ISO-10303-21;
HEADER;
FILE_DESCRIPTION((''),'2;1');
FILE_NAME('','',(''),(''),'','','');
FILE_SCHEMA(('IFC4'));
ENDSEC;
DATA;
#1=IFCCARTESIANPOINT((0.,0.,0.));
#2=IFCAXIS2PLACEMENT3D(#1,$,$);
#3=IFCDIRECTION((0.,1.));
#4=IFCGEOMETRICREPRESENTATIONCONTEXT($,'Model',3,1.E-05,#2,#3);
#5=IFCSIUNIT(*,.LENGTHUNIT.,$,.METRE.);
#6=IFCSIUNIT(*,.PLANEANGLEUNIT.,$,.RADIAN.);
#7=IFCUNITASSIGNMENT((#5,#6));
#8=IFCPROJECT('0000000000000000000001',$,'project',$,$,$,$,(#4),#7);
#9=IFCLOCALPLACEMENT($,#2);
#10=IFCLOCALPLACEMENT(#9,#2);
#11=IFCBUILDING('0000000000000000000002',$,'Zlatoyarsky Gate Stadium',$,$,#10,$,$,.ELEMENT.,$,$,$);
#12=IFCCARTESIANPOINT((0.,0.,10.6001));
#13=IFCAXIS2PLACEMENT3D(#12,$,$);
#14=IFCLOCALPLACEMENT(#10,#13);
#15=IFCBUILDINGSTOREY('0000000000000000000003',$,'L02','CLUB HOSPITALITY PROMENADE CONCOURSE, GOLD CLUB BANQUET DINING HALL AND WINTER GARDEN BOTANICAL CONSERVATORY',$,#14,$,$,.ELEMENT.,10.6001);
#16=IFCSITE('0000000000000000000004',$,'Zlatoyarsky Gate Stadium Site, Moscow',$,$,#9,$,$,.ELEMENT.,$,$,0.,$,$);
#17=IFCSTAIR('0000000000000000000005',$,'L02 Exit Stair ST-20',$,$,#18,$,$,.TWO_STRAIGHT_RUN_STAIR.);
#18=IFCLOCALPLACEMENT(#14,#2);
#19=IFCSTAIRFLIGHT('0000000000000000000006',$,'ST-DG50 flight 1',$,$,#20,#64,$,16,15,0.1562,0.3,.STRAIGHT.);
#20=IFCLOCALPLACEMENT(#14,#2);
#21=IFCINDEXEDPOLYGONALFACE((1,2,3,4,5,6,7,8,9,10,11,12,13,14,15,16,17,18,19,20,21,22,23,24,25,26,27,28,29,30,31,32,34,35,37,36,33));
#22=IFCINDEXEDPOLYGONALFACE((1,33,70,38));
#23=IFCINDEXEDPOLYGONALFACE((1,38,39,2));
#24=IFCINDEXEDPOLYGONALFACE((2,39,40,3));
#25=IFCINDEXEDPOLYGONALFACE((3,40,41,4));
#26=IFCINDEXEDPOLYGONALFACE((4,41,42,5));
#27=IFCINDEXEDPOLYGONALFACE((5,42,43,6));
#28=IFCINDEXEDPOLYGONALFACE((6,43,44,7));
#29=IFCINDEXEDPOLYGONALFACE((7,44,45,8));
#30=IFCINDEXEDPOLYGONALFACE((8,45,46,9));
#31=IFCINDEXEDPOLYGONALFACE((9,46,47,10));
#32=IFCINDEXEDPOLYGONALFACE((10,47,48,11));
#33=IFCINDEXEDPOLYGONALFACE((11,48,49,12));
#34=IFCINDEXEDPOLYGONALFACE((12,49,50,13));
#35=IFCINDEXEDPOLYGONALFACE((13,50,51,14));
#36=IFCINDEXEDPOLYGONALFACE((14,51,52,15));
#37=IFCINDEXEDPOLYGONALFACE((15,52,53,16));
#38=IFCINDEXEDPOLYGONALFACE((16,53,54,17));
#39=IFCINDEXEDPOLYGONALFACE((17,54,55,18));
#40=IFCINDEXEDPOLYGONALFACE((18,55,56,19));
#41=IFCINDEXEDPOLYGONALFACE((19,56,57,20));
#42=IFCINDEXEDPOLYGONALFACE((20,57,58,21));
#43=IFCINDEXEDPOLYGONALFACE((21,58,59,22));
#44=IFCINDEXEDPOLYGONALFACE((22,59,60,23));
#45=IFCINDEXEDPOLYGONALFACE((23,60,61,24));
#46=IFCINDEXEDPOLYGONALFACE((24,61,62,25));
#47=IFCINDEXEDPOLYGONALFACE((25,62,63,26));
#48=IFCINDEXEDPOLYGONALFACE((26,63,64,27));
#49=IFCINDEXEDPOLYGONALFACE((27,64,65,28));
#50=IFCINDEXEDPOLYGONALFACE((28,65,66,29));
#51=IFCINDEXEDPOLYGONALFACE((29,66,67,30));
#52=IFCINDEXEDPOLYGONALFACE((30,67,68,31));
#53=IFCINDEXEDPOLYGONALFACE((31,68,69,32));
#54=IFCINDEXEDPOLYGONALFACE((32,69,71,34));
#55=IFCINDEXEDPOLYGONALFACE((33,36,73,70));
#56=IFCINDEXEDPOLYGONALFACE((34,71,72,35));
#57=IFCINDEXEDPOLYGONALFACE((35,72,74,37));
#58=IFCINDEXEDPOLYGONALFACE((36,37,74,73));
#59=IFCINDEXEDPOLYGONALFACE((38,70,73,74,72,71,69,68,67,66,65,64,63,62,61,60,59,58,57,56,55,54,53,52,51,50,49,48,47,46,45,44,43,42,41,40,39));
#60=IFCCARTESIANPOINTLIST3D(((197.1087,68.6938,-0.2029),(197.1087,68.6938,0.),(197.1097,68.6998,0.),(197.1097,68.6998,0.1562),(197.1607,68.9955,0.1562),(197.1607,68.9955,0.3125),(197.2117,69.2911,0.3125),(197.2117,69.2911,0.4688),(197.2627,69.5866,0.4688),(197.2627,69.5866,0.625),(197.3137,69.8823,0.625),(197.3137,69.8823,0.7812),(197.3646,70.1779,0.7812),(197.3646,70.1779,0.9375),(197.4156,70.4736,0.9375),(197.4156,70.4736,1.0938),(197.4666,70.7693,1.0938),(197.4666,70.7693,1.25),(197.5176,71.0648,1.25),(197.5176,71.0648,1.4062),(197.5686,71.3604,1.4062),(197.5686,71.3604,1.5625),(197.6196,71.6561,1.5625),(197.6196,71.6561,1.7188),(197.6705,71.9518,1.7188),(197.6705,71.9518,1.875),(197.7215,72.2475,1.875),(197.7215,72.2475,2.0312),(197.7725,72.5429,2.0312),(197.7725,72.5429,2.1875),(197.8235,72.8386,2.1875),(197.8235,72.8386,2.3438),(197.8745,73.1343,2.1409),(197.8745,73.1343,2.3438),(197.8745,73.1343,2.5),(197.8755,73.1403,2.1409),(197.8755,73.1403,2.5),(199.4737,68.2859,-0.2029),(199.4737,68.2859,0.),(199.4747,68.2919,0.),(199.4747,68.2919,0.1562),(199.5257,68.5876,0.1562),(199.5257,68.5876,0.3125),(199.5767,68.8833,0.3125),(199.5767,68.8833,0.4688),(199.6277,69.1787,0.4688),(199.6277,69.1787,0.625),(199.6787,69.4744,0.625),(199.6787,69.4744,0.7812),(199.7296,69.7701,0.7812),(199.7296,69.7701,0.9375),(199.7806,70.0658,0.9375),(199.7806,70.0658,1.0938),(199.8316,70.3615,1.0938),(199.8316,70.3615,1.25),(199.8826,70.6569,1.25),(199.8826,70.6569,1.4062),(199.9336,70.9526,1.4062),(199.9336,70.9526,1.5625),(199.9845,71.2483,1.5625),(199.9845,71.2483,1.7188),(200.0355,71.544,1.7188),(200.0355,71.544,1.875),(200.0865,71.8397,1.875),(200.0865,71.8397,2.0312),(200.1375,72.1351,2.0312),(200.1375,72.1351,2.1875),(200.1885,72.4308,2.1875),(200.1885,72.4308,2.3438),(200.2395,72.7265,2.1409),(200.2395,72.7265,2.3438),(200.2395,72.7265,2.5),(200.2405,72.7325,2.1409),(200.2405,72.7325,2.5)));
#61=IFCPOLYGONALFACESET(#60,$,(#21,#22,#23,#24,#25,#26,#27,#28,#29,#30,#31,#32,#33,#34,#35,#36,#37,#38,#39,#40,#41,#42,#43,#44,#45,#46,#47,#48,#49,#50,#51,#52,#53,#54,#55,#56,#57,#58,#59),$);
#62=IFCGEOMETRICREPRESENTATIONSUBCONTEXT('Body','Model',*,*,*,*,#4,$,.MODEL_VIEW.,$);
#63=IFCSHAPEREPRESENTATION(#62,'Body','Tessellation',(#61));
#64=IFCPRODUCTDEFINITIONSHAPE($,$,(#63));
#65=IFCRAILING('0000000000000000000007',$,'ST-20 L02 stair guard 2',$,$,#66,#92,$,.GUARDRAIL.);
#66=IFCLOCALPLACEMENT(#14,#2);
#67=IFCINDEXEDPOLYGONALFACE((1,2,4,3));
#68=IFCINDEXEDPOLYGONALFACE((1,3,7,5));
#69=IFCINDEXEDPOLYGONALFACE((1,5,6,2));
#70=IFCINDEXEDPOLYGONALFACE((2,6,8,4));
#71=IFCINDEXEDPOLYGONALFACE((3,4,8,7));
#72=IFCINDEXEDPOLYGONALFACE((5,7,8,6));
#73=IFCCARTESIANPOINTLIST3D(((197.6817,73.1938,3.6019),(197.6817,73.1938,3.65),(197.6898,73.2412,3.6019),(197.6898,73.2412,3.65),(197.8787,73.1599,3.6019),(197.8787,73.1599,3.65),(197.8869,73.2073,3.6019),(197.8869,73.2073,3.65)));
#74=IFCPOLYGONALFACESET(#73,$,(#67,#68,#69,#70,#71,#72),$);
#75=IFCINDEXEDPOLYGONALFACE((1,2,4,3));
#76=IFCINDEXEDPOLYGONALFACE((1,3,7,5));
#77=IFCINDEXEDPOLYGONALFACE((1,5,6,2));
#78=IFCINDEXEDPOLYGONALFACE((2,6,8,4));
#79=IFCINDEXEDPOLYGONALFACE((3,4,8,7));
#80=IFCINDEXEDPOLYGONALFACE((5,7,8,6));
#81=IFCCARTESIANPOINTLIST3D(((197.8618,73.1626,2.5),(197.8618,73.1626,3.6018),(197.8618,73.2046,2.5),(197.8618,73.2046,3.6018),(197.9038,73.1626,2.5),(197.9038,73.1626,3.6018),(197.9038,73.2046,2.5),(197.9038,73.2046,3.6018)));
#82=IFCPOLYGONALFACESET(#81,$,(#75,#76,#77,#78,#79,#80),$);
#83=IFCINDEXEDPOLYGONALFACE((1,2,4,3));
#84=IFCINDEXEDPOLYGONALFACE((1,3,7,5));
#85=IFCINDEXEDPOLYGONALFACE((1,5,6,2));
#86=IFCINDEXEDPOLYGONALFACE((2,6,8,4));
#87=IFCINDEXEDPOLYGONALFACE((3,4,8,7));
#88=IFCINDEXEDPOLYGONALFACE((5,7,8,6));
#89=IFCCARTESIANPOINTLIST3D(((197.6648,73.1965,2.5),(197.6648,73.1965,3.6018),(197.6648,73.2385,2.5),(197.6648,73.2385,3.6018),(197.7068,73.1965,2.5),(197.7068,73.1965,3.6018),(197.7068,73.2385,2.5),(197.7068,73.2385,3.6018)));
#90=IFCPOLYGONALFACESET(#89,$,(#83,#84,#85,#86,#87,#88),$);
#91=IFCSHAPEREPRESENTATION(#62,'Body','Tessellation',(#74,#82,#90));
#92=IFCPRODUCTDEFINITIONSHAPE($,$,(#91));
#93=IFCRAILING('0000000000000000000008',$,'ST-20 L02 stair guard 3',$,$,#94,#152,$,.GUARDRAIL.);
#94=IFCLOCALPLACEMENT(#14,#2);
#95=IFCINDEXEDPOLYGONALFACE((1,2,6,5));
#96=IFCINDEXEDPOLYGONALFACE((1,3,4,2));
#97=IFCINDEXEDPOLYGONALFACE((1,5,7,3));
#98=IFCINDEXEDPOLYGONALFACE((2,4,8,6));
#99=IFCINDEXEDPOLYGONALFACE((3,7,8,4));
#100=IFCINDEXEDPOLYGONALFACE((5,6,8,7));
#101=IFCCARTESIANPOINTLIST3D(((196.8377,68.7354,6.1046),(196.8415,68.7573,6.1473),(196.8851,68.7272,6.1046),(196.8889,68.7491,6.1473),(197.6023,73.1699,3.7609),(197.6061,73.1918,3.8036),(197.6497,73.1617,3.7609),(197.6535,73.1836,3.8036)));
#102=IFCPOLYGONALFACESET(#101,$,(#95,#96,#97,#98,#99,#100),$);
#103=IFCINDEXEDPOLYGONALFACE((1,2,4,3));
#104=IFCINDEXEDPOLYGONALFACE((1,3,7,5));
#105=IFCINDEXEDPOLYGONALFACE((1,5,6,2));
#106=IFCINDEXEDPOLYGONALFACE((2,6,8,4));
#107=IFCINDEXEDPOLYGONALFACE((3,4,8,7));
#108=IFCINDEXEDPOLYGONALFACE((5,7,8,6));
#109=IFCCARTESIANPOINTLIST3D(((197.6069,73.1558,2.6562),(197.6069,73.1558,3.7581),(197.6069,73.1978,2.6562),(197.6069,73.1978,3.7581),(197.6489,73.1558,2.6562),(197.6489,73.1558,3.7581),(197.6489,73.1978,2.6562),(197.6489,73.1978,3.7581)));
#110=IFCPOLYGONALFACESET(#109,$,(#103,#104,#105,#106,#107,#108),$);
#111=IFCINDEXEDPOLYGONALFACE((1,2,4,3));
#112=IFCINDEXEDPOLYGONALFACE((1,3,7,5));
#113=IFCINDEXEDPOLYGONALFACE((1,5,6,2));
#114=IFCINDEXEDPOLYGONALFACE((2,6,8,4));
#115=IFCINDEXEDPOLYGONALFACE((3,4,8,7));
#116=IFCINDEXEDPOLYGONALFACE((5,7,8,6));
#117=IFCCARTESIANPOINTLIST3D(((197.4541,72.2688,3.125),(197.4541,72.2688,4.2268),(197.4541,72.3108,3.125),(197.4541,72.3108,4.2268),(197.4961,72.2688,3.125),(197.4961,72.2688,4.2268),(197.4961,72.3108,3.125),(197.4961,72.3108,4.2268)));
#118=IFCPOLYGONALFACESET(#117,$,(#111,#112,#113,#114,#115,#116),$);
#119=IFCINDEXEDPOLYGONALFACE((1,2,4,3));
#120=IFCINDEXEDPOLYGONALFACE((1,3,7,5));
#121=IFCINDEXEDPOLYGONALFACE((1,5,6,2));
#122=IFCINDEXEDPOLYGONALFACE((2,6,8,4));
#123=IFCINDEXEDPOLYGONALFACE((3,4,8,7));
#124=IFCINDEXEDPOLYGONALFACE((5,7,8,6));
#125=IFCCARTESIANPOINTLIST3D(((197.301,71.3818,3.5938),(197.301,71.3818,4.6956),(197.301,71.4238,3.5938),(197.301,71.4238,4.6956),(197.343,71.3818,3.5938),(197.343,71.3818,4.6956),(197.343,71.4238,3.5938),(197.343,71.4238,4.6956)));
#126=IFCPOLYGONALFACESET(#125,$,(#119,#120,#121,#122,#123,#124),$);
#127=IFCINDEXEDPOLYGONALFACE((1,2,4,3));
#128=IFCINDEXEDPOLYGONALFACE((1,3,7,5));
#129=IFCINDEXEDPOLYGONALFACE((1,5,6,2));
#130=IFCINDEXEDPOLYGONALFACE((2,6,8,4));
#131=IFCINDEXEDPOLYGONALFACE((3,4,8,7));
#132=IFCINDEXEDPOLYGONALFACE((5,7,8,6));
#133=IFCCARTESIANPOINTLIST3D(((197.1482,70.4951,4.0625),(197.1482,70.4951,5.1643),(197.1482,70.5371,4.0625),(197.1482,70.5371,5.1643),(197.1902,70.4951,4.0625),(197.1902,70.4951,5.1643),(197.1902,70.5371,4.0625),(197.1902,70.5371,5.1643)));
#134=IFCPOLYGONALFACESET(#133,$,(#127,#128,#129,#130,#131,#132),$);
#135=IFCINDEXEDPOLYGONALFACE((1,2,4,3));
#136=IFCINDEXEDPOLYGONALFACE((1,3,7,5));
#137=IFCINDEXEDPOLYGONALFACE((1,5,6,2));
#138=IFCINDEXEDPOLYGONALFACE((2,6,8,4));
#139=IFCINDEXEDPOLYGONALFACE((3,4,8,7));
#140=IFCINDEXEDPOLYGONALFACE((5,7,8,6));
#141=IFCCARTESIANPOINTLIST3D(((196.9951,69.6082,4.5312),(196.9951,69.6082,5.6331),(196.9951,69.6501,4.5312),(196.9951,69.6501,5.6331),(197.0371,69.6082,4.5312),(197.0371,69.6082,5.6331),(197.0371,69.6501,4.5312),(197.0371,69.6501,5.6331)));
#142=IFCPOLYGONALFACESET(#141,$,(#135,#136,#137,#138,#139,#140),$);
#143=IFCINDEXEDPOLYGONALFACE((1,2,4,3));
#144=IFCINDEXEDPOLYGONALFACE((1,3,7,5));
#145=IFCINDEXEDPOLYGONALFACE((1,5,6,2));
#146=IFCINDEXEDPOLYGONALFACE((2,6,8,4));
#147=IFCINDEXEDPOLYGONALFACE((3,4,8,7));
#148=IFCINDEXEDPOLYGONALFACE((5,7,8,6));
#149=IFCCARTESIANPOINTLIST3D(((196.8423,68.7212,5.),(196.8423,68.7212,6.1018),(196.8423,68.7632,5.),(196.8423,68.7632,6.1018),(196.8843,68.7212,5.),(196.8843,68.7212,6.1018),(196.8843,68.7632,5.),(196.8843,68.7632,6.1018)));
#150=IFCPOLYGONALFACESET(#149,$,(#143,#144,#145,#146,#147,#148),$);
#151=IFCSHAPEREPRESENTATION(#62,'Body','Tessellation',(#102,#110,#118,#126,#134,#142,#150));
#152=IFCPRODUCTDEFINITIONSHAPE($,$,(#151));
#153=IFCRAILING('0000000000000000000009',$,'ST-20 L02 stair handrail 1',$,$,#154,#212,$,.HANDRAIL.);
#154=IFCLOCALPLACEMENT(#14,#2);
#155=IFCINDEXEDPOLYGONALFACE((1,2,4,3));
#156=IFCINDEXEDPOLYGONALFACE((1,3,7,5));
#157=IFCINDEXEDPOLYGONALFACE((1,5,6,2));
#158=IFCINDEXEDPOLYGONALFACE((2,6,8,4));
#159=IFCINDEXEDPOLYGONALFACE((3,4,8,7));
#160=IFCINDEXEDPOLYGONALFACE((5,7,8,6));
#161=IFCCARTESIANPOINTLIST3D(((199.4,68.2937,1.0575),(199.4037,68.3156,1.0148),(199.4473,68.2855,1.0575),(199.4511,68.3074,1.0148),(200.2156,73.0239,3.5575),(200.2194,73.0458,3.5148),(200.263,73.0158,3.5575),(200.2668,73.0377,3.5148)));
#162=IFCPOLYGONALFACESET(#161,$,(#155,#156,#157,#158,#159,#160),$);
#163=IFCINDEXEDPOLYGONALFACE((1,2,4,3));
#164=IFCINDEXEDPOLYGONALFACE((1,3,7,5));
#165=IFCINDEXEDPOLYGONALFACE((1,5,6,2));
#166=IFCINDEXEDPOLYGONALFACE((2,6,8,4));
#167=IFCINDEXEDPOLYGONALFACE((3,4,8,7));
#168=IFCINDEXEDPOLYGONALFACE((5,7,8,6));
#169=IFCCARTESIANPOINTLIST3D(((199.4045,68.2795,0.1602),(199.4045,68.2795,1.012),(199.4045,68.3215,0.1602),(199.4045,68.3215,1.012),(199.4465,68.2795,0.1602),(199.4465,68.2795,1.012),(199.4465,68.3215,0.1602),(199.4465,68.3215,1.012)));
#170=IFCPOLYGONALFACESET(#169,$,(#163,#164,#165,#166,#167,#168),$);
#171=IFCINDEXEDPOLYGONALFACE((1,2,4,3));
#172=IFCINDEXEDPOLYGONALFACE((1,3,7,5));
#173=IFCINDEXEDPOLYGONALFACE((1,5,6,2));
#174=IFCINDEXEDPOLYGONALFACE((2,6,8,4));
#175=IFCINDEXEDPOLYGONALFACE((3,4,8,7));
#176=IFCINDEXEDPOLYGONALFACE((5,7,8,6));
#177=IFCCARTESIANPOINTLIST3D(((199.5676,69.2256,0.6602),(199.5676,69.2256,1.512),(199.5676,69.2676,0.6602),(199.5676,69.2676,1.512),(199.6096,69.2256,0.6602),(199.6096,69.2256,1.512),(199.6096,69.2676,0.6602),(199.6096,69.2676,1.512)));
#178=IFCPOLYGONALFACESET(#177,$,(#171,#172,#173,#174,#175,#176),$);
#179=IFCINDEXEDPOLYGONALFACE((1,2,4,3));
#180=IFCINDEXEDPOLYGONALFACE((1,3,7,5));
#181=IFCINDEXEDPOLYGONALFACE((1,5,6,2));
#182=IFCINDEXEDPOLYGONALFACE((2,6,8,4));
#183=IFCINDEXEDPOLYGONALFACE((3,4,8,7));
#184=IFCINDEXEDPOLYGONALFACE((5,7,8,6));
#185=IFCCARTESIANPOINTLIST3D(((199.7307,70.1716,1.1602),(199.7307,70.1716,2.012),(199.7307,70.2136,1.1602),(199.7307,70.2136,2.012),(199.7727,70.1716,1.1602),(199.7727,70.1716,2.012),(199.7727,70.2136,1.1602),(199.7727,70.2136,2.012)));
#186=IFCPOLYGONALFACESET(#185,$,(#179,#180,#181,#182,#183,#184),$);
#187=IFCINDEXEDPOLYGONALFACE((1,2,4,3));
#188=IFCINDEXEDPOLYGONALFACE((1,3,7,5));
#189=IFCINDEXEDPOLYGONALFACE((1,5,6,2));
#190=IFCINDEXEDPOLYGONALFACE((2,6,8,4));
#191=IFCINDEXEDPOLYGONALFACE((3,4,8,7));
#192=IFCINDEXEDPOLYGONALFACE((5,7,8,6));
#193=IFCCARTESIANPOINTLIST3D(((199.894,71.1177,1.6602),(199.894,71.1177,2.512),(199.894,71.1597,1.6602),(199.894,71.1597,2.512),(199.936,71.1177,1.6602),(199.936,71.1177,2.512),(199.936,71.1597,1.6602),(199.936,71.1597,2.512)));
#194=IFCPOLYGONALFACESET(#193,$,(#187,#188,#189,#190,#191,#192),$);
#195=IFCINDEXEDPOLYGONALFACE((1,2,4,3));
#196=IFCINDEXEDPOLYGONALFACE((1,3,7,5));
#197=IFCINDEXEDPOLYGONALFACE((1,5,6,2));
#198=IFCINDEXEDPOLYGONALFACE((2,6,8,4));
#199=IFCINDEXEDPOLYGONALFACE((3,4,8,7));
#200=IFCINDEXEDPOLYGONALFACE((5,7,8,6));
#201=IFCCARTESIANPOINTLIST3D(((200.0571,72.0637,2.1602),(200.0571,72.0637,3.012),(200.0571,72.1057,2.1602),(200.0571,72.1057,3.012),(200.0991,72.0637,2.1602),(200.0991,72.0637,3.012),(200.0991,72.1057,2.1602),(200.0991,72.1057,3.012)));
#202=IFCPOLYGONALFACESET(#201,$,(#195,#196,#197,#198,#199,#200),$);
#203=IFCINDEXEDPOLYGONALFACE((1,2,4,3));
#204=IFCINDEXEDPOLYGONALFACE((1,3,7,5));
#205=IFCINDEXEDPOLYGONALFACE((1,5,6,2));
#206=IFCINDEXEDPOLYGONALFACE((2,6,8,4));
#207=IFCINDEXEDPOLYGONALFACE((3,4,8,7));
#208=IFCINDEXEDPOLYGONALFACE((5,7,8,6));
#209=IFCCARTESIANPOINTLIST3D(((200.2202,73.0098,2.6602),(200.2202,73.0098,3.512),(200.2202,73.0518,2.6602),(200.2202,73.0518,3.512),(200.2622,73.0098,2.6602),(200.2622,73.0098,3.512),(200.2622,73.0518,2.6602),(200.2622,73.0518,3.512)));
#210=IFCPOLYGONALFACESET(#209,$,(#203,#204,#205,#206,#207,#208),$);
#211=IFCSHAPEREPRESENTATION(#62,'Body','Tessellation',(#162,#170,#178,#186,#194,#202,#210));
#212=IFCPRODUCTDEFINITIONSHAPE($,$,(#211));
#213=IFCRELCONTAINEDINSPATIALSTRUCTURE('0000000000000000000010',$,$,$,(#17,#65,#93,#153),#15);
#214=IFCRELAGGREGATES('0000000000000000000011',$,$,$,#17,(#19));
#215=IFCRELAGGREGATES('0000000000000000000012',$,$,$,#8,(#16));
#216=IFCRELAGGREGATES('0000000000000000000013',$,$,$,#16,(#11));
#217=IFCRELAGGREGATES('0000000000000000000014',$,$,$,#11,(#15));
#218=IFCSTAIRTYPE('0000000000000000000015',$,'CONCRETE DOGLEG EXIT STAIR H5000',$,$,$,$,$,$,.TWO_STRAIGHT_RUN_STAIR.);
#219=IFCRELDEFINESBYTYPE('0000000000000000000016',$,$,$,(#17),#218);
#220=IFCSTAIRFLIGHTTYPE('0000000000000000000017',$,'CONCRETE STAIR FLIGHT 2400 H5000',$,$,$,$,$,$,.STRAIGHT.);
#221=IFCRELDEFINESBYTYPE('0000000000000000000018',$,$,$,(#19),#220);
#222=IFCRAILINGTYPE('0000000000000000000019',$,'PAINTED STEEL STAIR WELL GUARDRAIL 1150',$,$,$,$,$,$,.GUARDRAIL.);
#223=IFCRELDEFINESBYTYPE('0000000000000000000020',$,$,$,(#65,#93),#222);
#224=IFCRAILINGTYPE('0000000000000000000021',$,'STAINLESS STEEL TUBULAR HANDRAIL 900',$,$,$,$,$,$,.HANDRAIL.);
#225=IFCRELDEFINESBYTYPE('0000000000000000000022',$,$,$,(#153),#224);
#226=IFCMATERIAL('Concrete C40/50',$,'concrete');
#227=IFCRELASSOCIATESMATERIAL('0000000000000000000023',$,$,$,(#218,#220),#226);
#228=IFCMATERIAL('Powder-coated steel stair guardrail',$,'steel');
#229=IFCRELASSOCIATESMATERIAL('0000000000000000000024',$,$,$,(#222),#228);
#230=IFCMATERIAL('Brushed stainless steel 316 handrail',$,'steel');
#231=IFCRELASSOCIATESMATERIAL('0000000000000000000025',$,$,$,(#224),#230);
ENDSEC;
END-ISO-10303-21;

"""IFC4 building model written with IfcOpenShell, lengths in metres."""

from ifc_helpers import new_model, si_unit, direction, frame, origin, origin_2d, place, context, subcontext, project, spatial, polyline, rectangle, outline, extrude, material, type_object, element, aggregate, save


model = new_model("IFC4")

# Units and contexts
model_context = context("Model", 3, precision=1e-05, world=origin(), true_north=direction((0.0, 1.0)))
body_context = subcontext(model_context, "Body", "Model", "MODEL_VIEW")
ifc_project = project(units=[si_unit("LENGTHUNIT", "METRE"), si_unit("PLANEANGLEUNIT", "RADIAN")], contexts=[model_context])

# Site, building, storey
site_placement = place(None, origin())
site = spatial("IfcSite", under=ifc_project, at=site_placement, Name="Zlatoyarsky Gate Stadium Site, Moscow", CompositionType="ELEMENT", RefElevation=0.0)
building_placement = place(site_placement, origin())
building = spatial("IfcBuilding", under=site, at=building_placement, Name="Zlatoyarsky Gate Stadium", CompositionType="ELEMENT")
storey_placement = place(building_placement, frame((0.0, 0.0, 10.6001)))
storey = spatial("IfcBuildingStorey", under=building, at=storey_placement, Name="L02", Description="CLUB HOSPITALITY PROMENADE CONCOURSE, GOLD CLUB BANQUET DINING HALL AND WINTER GARDEN BOTANICAL CONSERVATORY", CompositionType="ELEMENT", Elevation=10.6001)

# Shared definitions
ifc_material_1 = material(Name="Concrete C40/50", Category="concrete")

# Stair, stair flight
stair_type = type_object("IfcStairType", Name="CONCRETE DOGLEG EXIT STAIR H5000", PredefinedType="TWO_STRAIGHT_RUN_STAIR", material=ifc_material_1)
stair_placement = place(storey_placement, origin())
stair = element("IfcStair", 1, at=stair_placement, inside=storey, type_object=stair_type, Name="L02 Exit Stair ST-20", PredefinedType="TWO_STRAIGHT_RUN_STAIR")
stair_flight_type = type_object("IfcStairFlightType", Name="CONCRETE STAIR FLIGHT 2400 H5000", PredefinedType="STRAIGHT", material=ifc_material_1)
stair_flight_placement = place(storey_placement, frame((198.2922, 68.4958, 0.0), z_axis=(0.0, 0.0, 1.0), x_axis=(0.169938, 0.985455, 0.0)))
stair_flight = element("IfcStairFlight", 2, at=stair_flight_placement, type_object=stair_flight_type, Name="ST-DG50 flight 1", NumberOfRisers=16, NumberOfTreads=15, PredefinedType="STRAIGHT", RiserHeight=0.1562, TreadLength=0.3, context=body_context, shape_type="SweptSolid", body=[
    extrude(outline(polyline([(-0.0061, -0.2029), (-0.0061, 0.0), (0.0, 0.0), (0.0, 0.1562), (0.3, 0.1562), (0.3, 0.3125), (0.6001, 0.3125), (0.6001, 0.4688), (0.8999, 0.4688), (0.8999, 0.625), (1.2, 0.625), (1.2, 0.7812), (1.5, 0.7812), (1.5, 0.9375), (1.8, 0.9375), (1.8, 1.0938), (2.1001, 1.0938), (2.1001, 1.25), (2.3999, 1.25), (2.3999, 1.4062), (2.7, 1.4062), (2.7, 1.5625), (3.0, 1.5625), (3.0, 1.7188), (3.3, 1.7188), (3.3, 1.875), (3.6001, 1.875), (3.6001, 2.0312), (3.8999, 2.0312), (3.8999, 2.1875), (4.2, 2.1875), (4.2, 2.3438), (4.5, 2.3438), (4.5, 2.5), (4.5061, 2.5), (4.5061, 2.1409), (4.5, 2.1409), (-0.0061, -0.2029)])), frame((0.0, 1.2, 0.0), z_axis=(0.0, -1.0, 0.0), x_axis=(1.0, 0.0, 0.0)), (0.0, 0.0, 1.0), 2.3999),
])
aggregate(stair, [stair_flight])

# Railings
ifc_material_2 = material(Name="Powder-coated steel stair guardrail", Category="steel")
railing_type_1 = type_object("IfcRailingType", Name="PAINTED STEEL STAIR WELL GUARDRAIL 1150", PredefinedType="GUARDRAIL", material=ifc_material_2)
railing_1_placement = place(storey_placement, frame((197.8828, 73.1836, 2.5)))
element("IfcRailing", 3, at=railing_1_placement, inside=storey, type_object=railing_type_1, Name="ST-20 L02 stair guard 2", PredefinedType="GUARDRAIL", context=body_context, shape_type="SweptSolid", body=[
    extrude(rectangle(XDim=0.0481, YDim=0.0481, at=origin_2d()), frame((0.0, 0.0, 1.126), z_axis=(-0.985488, 0.169743, 0.0), x_axis=(-0.169743, -0.985488, 0.0)), (0.0, 0.0, 1.0), 0.2),
    extrude(rectangle(XDim=0.042, YDim=0.042, at=origin_2d()), origin(), (0.0, 0.0, 1.0), 1.1018),
    extrude(rectangle(XDim=0.042, YDim=0.042, at=origin_2d()), frame((-0.197, 0.0339, 0.0)), (0.0, 0.0, 1.0), 1.1018),
])
railing_2_placement = place(storey_placement, frame((197.6279, 73.1768, 2.6562)))
element("IfcRailing", 4, at=railing_2_placement, inside=storey, type_object=railing_type_1, Name="ST-20 L02 stair guard 3", PredefinedType="GUARDRAIL", context=body_context, shape_type="SweptSolid", body=[
    extrude(rectangle(XDim=0.0481, YDim=0.0481, at=origin_2d()), frame((0.0, 0.0, 1.126), z_axis=(-0.150706, -0.874017, 0.461934), x_axis=(0.985458, -0.169921, 0.0)), (0.0, 0.0, 1.0), 5.0737),
    extrude(rectangle(XDim=0.042, YDim=0.042, at=origin_2d()), origin(), (0.0, 0.0, 1.0), 1.1018),
    extrude(rectangle(XDim=0.042, YDim=0.042, at=origin_2d()), frame((-0.1528, -0.887, 0.4688)), (0.0, 0.0, 1.0), 1.1018),
    extrude(rectangle(XDim=0.042, YDim=0.042, at=origin_2d()), frame((-0.3059, -1.7739, 0.9375)), (0.0, 0.0, 1.0), 1.1018),
    extrude(rectangle(XDim=0.042, YDim=0.042, at=origin_2d()), frame((-0.4587, -2.6606, 1.4062)), (0.0, 0.0, 1.0), 1.1018),
    extrude(rectangle(XDim=0.042, YDim=0.042, at=origin_2d()), frame((-0.6118, -3.5476, 1.875)), (0.0, 0.0, 1.0), 1.1018),
    extrude(rectangle(XDim=0.042, YDim=0.042, at=origin_2d()), frame((-0.7646, -4.4346, 2.3438)), (0.0, 0.0, 1.0), 1.1018),
])
ifc_material_3 = material(Name="Brushed stainless steel 316 handrail", Category="steel")
railing_type_2 = type_object("IfcRailingType", Name="STAINLESS STEEL TUBULAR HANDRAIL 900", PredefinedType="HANDRAIL", material=ifc_material_3)
railing_3_placement = place(storey_placement, frame((199.4255, 68.3005, 0.1602)))
element("IfcRailing", 5, at=railing_3_placement, inside=storey, type_object=railing_type_2, Name="ST-20 L02 stair handrail 1", PredefinedType="HANDRAIL", context=body_context, shape_type="SweptSolid", body=[
    extrude(rectangle(XDim=0.0481, YDim=0.0481, at=origin_2d()), frame((0.0, 0.0, 0.876), z_axis=(0.150714, 0.874016, 0.461932), x_axis=(-0.985456, 0.169931, 0.0)), (0.0, 0.0, 1.0), 5.4121),
    extrude(rectangle(XDim=0.042, YDim=0.042, at=origin_2d()), origin(), (0.0, 0.0, 1.0), 0.8518),
    extrude(rectangle(XDim=0.042, YDim=0.042, at=origin_2d()), frame((0.1631, 0.946, 0.5)), (0.0, 0.0, 1.0), 0.8518),
    extrude(rectangle(XDim=0.042, YDim=0.042, at=origin_2d()), frame((0.3262, 1.8921, 1.0)), (0.0, 0.0, 1.0), 0.8518),
    extrude(rectangle(XDim=0.042, YDim=0.042, at=origin_2d()), frame((0.4895, 2.8381, 1.5)), (0.0, 0.0, 1.0), 0.8518),
    extrude(rectangle(XDim=0.042, YDim=0.042, at=origin_2d()), frame((0.6526, 3.7842, 2.0)), (0.0, 0.0, 1.0), 0.8518),
    extrude(rectangle(XDim=0.042, YDim=0.042, at=origin_2d()), frame((0.8157, 4.7302, 2.5)), (0.0, 0.0, 1.0), 0.8518),
])

save(model, "model.ifc")
